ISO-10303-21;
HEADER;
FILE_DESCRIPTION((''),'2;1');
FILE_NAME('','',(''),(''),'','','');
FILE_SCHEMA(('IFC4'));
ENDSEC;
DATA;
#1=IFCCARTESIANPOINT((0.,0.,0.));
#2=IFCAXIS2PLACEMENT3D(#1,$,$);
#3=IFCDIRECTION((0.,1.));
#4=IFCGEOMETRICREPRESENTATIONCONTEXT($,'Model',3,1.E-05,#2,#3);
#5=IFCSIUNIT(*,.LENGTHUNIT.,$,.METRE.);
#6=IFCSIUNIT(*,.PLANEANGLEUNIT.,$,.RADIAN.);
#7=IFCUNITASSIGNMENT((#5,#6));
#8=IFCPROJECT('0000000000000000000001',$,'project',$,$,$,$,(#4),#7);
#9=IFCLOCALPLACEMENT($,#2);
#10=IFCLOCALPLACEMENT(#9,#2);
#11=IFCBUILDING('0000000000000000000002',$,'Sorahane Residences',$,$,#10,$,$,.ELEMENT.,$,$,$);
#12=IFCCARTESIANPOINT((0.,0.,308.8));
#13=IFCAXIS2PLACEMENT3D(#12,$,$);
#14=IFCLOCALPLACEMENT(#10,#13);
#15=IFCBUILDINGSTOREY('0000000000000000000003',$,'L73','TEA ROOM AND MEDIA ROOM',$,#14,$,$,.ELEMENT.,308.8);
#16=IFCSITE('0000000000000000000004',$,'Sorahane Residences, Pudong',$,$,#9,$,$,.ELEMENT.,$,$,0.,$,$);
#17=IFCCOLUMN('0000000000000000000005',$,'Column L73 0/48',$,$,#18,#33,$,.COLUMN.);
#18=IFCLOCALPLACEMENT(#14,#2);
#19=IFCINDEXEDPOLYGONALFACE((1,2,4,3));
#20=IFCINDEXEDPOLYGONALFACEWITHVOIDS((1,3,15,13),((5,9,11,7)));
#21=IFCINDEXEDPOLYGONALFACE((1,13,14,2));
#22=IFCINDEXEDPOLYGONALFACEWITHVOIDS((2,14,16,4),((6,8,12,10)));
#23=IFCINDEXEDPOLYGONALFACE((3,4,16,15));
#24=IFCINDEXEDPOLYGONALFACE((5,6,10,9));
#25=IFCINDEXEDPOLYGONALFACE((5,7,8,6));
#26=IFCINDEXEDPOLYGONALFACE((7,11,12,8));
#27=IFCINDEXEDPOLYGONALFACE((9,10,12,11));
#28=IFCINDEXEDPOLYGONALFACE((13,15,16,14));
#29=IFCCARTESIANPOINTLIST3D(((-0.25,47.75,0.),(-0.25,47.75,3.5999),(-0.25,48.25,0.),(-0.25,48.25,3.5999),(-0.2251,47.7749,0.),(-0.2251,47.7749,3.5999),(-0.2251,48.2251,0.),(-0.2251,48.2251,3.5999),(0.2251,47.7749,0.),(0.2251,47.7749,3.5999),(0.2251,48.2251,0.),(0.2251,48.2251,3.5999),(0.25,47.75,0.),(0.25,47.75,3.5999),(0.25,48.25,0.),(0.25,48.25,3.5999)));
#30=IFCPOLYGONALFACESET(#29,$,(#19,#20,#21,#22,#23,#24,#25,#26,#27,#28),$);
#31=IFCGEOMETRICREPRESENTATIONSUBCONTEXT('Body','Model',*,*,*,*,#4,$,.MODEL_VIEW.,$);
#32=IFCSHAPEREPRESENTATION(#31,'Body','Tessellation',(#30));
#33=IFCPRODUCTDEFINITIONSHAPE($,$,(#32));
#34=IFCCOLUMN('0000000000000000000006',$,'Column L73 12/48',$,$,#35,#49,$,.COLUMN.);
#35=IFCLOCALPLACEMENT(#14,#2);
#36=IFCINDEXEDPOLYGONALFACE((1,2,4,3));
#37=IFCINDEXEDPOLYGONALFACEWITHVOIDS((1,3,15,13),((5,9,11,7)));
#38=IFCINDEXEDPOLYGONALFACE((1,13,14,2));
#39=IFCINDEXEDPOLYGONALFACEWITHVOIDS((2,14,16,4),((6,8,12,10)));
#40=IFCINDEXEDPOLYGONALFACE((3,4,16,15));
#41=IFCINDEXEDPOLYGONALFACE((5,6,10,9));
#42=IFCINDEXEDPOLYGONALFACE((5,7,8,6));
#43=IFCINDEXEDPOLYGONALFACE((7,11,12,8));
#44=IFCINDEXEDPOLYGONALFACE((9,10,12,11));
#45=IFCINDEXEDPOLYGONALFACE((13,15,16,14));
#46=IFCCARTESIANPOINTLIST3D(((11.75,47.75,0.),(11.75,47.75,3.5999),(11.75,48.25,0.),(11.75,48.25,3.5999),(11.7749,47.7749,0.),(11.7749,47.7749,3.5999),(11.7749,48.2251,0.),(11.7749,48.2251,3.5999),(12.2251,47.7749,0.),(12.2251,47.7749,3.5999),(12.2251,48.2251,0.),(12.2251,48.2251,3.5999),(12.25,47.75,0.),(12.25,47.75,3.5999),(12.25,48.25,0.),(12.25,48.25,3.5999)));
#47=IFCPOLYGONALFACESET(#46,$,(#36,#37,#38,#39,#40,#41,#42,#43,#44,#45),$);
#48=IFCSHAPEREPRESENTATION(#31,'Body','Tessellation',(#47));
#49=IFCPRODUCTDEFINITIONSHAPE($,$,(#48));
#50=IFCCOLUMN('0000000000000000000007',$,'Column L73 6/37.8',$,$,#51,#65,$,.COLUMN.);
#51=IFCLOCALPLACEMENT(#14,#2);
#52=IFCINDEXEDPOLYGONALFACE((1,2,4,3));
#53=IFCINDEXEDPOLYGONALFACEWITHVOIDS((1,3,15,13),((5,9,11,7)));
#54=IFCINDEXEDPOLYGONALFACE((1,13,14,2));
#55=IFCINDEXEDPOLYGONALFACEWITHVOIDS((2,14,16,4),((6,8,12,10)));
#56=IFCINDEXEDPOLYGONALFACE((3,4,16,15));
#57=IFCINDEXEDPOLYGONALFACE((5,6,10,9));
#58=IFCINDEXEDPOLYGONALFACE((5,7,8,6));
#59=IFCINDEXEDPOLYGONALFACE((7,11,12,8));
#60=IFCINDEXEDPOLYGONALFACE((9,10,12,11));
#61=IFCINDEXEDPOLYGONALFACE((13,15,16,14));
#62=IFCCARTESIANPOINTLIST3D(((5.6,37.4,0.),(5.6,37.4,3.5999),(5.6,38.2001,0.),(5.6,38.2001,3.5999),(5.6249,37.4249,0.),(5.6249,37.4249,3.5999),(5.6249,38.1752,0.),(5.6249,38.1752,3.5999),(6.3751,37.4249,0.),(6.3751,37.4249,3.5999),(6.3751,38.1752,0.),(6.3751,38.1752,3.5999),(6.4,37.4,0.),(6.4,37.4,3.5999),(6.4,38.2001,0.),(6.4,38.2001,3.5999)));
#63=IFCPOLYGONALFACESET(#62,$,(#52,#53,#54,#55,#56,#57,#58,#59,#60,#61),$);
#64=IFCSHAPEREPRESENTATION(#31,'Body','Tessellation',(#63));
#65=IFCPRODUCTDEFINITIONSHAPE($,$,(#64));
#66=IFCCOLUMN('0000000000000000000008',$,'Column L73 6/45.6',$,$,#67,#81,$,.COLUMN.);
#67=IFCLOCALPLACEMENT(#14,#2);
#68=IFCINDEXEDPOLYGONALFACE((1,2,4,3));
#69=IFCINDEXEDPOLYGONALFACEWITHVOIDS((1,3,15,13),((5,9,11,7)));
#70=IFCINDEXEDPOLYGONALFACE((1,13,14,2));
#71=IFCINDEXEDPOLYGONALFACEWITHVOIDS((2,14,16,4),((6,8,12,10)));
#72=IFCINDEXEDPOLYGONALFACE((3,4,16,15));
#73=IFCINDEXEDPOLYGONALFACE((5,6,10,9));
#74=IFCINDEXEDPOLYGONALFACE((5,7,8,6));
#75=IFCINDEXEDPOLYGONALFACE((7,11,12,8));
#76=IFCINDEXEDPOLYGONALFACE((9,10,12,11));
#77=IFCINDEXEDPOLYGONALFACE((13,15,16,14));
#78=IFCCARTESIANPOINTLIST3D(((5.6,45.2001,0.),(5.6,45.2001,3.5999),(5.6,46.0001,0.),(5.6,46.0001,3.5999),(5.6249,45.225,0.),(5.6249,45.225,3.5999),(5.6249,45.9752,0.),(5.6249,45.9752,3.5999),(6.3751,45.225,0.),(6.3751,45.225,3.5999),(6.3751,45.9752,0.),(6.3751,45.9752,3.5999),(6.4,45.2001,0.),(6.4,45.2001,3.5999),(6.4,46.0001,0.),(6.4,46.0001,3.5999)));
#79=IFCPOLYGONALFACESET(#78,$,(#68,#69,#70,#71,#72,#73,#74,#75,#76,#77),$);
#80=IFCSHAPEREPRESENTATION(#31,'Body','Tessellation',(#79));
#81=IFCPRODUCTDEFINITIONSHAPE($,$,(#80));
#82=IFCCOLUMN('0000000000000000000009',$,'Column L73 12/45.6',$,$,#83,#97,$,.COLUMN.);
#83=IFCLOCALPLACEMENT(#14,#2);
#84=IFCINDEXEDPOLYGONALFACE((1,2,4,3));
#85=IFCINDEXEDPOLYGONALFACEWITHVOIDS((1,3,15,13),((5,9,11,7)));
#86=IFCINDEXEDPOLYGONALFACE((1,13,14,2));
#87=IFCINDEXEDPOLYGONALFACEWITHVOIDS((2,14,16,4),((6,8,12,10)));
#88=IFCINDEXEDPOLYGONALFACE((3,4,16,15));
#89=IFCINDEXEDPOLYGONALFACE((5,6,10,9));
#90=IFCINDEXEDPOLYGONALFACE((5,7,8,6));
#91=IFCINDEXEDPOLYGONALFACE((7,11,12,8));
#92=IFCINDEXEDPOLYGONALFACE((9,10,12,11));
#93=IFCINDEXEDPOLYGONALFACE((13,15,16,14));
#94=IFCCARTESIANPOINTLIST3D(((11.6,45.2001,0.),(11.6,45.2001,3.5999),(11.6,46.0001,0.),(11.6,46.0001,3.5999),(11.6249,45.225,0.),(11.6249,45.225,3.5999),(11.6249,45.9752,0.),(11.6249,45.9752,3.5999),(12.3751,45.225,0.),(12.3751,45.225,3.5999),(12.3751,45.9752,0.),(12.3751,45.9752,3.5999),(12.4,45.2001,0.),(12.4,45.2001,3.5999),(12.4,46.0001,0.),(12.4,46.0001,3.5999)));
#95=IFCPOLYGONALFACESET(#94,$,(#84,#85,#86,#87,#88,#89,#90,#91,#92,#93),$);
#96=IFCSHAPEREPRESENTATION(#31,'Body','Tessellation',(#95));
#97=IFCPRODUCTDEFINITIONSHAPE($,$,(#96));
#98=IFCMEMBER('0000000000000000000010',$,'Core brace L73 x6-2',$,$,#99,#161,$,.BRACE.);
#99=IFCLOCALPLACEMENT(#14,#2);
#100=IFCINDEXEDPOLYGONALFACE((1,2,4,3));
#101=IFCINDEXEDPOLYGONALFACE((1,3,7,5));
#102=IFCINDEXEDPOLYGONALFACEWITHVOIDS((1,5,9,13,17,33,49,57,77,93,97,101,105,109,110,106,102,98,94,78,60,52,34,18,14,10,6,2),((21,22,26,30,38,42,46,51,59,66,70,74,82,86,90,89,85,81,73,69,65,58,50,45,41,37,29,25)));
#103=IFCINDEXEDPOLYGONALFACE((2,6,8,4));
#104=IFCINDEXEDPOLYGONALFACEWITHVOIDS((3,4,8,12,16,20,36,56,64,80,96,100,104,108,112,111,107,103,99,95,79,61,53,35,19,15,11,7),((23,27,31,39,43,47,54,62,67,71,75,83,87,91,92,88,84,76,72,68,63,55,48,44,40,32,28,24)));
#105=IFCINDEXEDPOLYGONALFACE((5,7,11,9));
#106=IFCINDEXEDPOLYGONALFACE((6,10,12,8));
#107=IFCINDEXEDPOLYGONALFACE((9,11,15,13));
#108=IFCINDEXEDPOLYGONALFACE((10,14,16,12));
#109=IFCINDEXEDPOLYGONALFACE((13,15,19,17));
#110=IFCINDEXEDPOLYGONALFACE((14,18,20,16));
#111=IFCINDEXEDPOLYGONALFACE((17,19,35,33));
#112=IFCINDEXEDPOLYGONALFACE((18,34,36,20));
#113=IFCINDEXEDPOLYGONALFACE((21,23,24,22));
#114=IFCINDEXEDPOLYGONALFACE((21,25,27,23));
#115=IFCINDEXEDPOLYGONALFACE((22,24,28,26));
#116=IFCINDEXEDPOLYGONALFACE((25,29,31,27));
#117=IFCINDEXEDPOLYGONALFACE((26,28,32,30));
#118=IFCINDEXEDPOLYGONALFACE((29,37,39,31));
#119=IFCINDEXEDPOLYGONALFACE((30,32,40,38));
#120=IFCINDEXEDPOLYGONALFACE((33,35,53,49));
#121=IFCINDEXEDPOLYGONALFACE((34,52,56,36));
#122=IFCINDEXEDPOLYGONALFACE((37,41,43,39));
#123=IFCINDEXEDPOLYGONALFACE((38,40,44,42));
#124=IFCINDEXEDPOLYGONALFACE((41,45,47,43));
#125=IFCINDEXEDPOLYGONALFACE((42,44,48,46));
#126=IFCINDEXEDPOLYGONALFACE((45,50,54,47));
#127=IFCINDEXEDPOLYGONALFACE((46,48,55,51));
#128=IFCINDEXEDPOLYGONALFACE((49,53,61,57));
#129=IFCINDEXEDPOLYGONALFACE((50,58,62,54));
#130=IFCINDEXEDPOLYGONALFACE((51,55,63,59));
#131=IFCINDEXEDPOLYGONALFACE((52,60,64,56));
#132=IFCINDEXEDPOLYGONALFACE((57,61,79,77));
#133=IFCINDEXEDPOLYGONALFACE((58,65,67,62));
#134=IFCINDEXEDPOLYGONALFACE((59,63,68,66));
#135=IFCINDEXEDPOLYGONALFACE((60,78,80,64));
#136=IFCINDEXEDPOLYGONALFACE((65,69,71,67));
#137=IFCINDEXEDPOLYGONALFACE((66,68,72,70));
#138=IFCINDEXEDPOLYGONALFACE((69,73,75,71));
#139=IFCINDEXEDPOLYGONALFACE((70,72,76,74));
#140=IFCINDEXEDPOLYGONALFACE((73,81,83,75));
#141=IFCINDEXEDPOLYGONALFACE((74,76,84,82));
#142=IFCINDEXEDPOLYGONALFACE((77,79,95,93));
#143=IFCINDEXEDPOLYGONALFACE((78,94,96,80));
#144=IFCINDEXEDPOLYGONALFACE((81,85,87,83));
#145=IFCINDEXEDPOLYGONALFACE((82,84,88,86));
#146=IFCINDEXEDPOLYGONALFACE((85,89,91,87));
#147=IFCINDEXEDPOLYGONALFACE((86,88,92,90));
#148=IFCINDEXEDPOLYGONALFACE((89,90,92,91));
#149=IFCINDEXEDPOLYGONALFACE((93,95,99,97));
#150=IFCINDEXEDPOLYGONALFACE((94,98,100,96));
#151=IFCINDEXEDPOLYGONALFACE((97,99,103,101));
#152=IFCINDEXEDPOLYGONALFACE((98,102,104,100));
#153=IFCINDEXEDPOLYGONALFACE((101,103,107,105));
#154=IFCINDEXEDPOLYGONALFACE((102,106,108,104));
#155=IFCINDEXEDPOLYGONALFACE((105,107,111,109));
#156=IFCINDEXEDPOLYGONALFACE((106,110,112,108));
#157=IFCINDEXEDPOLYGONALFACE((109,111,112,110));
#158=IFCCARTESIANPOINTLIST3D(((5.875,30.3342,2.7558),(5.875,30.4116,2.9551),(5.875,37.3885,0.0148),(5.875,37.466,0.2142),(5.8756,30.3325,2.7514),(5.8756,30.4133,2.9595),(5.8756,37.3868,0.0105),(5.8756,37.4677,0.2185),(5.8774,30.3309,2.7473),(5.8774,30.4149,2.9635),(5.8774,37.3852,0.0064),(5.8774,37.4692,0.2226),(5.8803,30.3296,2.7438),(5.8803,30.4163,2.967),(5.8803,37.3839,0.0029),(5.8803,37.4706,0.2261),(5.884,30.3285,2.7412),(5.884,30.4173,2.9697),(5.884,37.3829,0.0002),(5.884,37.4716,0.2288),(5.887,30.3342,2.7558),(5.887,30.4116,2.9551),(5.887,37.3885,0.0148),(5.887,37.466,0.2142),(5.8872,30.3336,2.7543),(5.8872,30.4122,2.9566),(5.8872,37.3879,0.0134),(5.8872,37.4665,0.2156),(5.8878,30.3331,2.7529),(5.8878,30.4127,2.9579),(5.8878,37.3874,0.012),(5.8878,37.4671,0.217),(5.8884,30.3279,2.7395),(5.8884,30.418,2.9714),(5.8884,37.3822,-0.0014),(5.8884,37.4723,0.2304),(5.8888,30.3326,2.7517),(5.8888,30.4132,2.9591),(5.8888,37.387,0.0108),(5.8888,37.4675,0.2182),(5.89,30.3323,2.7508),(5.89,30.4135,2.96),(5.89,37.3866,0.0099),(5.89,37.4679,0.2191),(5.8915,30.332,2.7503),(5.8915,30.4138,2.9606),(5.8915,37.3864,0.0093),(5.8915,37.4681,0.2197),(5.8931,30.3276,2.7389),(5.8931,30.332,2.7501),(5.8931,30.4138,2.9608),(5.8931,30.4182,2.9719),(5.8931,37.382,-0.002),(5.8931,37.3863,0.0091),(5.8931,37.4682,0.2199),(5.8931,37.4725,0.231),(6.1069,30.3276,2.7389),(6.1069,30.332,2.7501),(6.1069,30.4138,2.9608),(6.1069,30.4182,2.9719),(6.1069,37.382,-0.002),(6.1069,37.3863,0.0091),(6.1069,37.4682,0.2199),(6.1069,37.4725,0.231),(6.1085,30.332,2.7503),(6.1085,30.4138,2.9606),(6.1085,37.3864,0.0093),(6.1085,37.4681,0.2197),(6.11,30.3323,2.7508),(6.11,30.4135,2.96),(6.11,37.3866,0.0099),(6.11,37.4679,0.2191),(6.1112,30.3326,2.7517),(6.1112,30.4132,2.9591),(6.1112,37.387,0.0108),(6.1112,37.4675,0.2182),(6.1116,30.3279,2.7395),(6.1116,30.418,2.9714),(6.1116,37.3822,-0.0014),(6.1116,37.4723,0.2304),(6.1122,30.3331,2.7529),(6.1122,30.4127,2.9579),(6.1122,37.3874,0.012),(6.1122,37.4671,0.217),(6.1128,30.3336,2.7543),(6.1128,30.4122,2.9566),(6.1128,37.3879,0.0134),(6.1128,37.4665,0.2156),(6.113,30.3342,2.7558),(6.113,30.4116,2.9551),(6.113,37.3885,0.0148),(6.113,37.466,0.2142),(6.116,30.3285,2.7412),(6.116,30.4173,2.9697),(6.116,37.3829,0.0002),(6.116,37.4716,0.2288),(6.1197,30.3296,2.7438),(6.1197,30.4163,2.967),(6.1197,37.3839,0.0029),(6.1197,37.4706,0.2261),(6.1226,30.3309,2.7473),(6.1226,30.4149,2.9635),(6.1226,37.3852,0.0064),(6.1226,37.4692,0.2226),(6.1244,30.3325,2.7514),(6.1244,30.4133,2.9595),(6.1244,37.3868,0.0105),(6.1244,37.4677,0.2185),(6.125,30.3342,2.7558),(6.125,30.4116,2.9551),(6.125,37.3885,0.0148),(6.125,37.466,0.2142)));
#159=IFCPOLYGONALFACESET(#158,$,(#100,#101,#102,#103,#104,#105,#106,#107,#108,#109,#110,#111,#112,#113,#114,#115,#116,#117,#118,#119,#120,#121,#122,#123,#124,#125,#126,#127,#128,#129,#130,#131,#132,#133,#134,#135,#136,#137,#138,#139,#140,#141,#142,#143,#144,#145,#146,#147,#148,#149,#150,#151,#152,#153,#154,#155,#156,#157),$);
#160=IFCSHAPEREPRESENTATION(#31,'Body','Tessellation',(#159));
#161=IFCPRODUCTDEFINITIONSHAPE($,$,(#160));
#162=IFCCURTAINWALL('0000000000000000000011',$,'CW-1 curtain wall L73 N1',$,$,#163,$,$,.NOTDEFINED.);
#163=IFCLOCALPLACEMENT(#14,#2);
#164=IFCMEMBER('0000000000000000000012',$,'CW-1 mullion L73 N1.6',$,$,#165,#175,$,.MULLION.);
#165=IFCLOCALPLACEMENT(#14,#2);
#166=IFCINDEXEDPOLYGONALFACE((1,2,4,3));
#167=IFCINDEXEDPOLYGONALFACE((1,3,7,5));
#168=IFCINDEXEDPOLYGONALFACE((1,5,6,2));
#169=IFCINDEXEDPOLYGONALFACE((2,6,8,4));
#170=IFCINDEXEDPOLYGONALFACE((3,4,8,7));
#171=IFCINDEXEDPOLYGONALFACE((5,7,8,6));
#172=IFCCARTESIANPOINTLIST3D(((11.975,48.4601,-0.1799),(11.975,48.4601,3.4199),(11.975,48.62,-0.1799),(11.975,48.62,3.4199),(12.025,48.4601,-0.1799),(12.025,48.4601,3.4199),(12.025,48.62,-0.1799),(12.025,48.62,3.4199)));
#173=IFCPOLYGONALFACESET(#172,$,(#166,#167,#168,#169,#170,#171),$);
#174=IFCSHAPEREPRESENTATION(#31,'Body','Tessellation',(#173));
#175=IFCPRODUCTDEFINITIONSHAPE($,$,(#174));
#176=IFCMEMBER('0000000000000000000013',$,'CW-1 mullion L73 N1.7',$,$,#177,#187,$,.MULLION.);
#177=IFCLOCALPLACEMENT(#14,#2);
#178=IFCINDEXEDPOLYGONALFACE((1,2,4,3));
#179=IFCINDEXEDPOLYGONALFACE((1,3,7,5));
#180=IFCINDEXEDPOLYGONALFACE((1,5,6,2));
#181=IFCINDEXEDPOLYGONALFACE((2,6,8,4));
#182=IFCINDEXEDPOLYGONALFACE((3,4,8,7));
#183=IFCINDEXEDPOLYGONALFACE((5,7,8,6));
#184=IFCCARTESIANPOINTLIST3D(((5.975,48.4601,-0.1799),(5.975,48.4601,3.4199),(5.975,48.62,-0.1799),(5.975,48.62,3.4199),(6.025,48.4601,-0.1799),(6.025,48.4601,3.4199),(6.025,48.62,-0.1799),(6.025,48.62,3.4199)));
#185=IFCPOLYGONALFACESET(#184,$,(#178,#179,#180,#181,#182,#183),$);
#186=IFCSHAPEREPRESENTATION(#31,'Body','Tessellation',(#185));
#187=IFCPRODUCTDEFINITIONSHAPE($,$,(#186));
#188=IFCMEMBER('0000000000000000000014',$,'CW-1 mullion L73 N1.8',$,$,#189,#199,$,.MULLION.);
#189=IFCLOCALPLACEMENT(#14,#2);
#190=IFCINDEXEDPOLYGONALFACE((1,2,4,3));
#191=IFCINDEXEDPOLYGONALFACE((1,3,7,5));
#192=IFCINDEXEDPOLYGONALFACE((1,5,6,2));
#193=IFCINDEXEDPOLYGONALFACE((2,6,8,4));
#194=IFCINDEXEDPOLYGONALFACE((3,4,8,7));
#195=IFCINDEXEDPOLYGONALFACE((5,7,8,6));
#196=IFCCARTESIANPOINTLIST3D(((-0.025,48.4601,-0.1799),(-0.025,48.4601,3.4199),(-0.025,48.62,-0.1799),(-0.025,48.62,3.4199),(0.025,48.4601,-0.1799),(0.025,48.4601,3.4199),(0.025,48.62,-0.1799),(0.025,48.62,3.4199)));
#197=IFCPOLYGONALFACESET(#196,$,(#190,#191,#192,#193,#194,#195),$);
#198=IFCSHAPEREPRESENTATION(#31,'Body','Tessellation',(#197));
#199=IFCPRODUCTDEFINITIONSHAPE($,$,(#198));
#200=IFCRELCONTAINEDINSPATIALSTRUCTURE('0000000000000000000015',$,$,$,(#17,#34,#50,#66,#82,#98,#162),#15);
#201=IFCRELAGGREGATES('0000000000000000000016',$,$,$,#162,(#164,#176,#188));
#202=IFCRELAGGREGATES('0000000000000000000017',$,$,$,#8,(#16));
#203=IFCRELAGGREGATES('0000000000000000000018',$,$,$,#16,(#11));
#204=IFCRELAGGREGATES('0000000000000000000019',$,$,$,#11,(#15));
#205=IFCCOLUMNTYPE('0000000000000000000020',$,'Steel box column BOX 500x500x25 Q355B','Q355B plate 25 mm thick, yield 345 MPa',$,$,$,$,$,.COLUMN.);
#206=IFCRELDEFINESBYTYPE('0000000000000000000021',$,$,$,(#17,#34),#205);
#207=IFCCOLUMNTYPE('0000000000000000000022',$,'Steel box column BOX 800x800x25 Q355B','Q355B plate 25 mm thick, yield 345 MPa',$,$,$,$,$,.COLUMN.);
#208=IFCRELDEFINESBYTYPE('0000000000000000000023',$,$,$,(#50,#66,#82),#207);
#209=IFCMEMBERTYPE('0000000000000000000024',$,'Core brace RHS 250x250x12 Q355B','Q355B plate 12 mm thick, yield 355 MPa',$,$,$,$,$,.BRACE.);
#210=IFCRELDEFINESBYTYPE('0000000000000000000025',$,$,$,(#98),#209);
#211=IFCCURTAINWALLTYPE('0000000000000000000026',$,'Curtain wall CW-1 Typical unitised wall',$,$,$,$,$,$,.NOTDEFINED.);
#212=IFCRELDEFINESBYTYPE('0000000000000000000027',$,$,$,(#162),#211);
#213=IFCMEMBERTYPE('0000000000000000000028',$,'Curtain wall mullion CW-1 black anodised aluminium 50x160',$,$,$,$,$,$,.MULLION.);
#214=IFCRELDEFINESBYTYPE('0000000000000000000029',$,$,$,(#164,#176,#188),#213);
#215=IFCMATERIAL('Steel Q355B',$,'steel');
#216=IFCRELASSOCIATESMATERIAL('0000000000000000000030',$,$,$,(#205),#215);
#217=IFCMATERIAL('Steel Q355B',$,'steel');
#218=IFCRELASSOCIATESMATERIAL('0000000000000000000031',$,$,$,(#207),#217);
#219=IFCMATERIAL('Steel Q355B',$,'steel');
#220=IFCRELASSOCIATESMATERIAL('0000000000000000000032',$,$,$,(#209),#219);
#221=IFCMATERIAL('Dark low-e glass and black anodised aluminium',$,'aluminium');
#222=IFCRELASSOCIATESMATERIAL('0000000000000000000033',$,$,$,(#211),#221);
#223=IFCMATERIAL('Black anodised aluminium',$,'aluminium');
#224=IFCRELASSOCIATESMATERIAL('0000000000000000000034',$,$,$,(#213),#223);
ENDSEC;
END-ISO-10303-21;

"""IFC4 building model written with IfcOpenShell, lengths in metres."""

from ifc_helpers import new_model, si_unit, direction, frame, origin, origin_2d, place, context, subcontext, project, spatial, rectangle, hollow_rectangle, extrude, material, material_profile, profile_set, type_object, element, aggregate, save


model = new_model("IFC4")

# Units and contexts
model_context = context("Model", 3, precision=1e-05, world=origin(), true_north=direction((0.0, 1.0)))
body_context = subcontext(model_context, "Body", "Model", "MODEL_VIEW")
ifc_project = project(units=[si_unit("LENGTHUNIT", "METRE"), si_unit("PLANEANGLEUNIT", "RADIAN")], contexts=[model_context])

# Site, building, storey
site_placement = place(None, origin())
site = spatial("IfcSite", under=ifc_project, at=site_placement, Name="Sorahane Residences, Pudong", CompositionType="ELEMENT", RefElevation=0.0)
building_placement = place(site_placement, origin())
building = spatial("IfcBuilding", under=site, at=building_placement, Name="Sorahane Residences", CompositionType="ELEMENT")
storey_placement = place(building_placement, frame((0.0, 0.0, 308.8)))
storey = spatial("IfcBuildingStorey", under=building, at=storey_placement, Name="L73", Description="TEA ROOM AND MEDIA ROOM", CompositionType="ELEMENT", Elevation=308.8)

# Columns
ifc_material_1 = material(Name="Steel Q355B", Category="steel")
ifc_material_profile_1 = material_profile(ifc_material_1, hollow_rectangle(XDim=0.5, YDim=0.5, WallThickness=0.0249, at=origin_2d()), Name="BOX 500x500x25")
ifc_profile_set_1 = profile_set([ifc_material_profile_1], Name="Steel Q355B")
column_type_1 = type_object("IfcColumnType", Name="Steel box column BOX 500x500x25 Q355B", Description="Q355B plate 25 mm thick, yield 345 MPa", PredefinedType="COLUMN", material=ifc_profile_set_1)
for number, where, z_axis, x_axis, name in (
    (1, (0.0, 48.0, 0.0), (0.0, 0.0, 1.0), (1.0, 0.0, 0.0), "Column L73 0/48"),
    (2, (12.0, 48.0, 0.0), (0.0, 0.0, 1.0), (1.0, 0.0, 0.0), "Column L73 12/48"),
):
    element("IfcColumn", number, at=place(storey_placement, frame(where, z_axis=z_axis, x_axis=x_axis)), inside=storey, type_object=column_type_1, Name=name, PredefinedType="COLUMN", context=body_context, shape_type="SweptSolid", body=[
        extrude(hollow_rectangle(XDim=0.5, YDim=0.5, WallThickness=0.0249, at=origin_2d()), origin(), (0.0, 0.0, 1.0), 3.5999),
    ])
ifc_material_2 = material(Name="Steel Q355B", Category="steel")
ifc_material_profile_2 = material_profile(ifc_material_2, hollow_rectangle(XDim=0.8, YDim=0.8, WallThickness=0.0249, at=origin_2d()), Name="BOX 800x800x25")
ifc_profile_set_2 = profile_set([ifc_material_profile_2], Name="Steel Q355B")
column_type_2 = type_object("IfcColumnType", Name="Steel box column BOX 800x800x25 Q355B", Description="Q355B plate 25 mm thick, yield 345 MPa", PredefinedType="COLUMN", material=ifc_profile_set_2)
for number, where, z_axis, x_axis, name in (
    (3, (6.0, 37.8, 0.0), (0.0, 0.0, 1.0), (1.0, 0.0, 0.0), "Column L73 6/37.8"),
    (4, (6.0, 45.6001, 0.0), (0.0, 0.0, 1.0), (1.0, 0.0, 0.0), "Column L73 6/45.6"),
    (5, (12.0, 45.6001, 0.0), (0.0, 0.0, 1.0), (1.0, 0.0, 0.0), "Column L73 12/45.6"),
):
    element("IfcColumn", number, at=place(storey_placement, frame(where, z_axis=z_axis, x_axis=x_axis)), inside=storey, type_object=column_type_2, Name=name, PredefinedType="COLUMN", context=body_context, shape_type="SweptSolid", body=[
        extrude(hollow_rectangle(XDim=0.8, YDim=0.8, WallThickness=0.0249, at=origin_2d()), origin(), (0.0, 0.0, 1.0), 3.5999),
    ])

# Member
ifc_material_3 = material(Name="Steel Q355B", Category="steel")
ifc_material_profile_3 = material_profile(ifc_material_3, hollow_rectangle(XDim=0.25, YDim=0.25, WallThickness=0.012, InnerFilletRadius=0.0061, OuterFilletRadius=0.0181, at=origin_2d()), Name="RHS 250x250x12")
ifc_profile_set_3 = profile_set([ifc_material_profile_3], Name="Steel Q355B")
member_type_1 = type_object("IfcMemberType", Name="Core brace RHS 250x250x12 Q355B", Description="Q355B plate 12 mm thick, yield 355 MPa", PredefinedType="BRACE", material=ifc_profile_set_3)
member_1_placement = place(storey_placement, frame((6.0, 37.4272, 0.1145), z_axis=(0.0, -0.932113, 0.362168), x_axis=(1.0, 0.0, 0.0)))
element("IfcMember", 6, at=member_1_placement, inside=storey, type_object=member_type_1, Name="Core brace L73 x6-2", PredefinedType="BRACE", context=body_context, shape_type="SweptSolid", body=[
    extrude(hollow_rectangle(XDim=0.25, YDim=0.25, WallThickness=0.012, InnerFilletRadius=0.0061, OuterFilletRadius=0.0181, at=origin_2d()), origin(), (0.0, 0.0, 1.0), 7.5681),
])

# Curtain wall, members
ifc_material_4 = material(Name="Dark low-e glass and black anodised aluminium", Category="aluminium")
curtain_wall_type = type_object("IfcCurtainWallType", Name="Curtain wall CW-1 Typical unitised wall", PredefinedType="NOTDEFINED", material=ifc_material_4)
curtain_wall_placement = place(storey_placement, origin())
curtain_wall = element("IfcCurtainWall", 7, at=curtain_wall_placement, inside=storey, type_object=curtain_wall_type, Name="CW-1 curtain wall L73 N1", PredefinedType="NOTDEFINED")
ifc_material_5 = material(Name="Black anodised aluminium", Category="aluminium")
ifc_material_profile_4 = material_profile(ifc_material_5, rectangle(XDim=0.1599, YDim=0.05, at=origin_2d()), Name="Curtain wall mullion CW-1 black anodised aluminium 50x160")
ifc_profile_set_4 = profile_set([ifc_material_profile_4], Name="Black anodised aluminium")
member_type_2 = type_object("IfcMemberType", Name="Curtain wall mullion CW-1 black anodised aluminium 50x160", PredefinedType="MULLION", material=ifc_profile_set_4)
member_2_placement = place(storey_placement, frame((12.0, 48.54, -0.1799), z_axis=(0.0, 0.0, 1.0), x_axis=(0.0, 1.0, 0.0)))
member_2 = element("IfcMember", 8, at=member_2_placement, type_object=member_type_2, Name="CW-1 mullion L73 N1.6", PredefinedType="MULLION", context=body_context, shape_type="SweptSolid", body=[
    extrude(rectangle(XDim=0.1599, YDim=0.05, at=origin_2d()), origin(), (0.0, 0.0, 1.0), 3.5999),
])
member_3_placement = place(storey_placement, frame((6.0, 48.54, -0.1799), z_axis=(0.0, 0.0, 1.0), x_axis=(0.0, 1.0, 0.0)))
member_3 = element("IfcMember", 9, at=member_3_placement, type_object=member_type_2, Name="CW-1 mullion L73 N1.7", PredefinedType="MULLION", context=body_context, shape_type="SweptSolid", body=[
    extrude(rectangle(XDim=0.1599, YDim=0.05, at=origin_2d()), origin(), (0.0, 0.0, 1.0), 3.5999),
])
member_4_placement = place(storey_placement, frame((0.0, 48.54, -0.1799), z_axis=(0.0, 0.0, 1.0), x_axis=(0.0, 1.0, 0.0)))
member_4 = element("IfcMember", 10, at=member_4_placement, type_object=member_type_2, Name="CW-1 mullion L73 N1.8", PredefinedType="MULLION", context=body_context, shape_type="SweptSolid", body=[
    extrude(rectangle(XDim=0.1599, YDim=0.05, at=origin_2d()), origin(), (0.0, 0.0, 1.0), 3.5999),
])

aggregate(curtain_wall, [member_2, member_3, member_4])

save(model, "model.ifc")
